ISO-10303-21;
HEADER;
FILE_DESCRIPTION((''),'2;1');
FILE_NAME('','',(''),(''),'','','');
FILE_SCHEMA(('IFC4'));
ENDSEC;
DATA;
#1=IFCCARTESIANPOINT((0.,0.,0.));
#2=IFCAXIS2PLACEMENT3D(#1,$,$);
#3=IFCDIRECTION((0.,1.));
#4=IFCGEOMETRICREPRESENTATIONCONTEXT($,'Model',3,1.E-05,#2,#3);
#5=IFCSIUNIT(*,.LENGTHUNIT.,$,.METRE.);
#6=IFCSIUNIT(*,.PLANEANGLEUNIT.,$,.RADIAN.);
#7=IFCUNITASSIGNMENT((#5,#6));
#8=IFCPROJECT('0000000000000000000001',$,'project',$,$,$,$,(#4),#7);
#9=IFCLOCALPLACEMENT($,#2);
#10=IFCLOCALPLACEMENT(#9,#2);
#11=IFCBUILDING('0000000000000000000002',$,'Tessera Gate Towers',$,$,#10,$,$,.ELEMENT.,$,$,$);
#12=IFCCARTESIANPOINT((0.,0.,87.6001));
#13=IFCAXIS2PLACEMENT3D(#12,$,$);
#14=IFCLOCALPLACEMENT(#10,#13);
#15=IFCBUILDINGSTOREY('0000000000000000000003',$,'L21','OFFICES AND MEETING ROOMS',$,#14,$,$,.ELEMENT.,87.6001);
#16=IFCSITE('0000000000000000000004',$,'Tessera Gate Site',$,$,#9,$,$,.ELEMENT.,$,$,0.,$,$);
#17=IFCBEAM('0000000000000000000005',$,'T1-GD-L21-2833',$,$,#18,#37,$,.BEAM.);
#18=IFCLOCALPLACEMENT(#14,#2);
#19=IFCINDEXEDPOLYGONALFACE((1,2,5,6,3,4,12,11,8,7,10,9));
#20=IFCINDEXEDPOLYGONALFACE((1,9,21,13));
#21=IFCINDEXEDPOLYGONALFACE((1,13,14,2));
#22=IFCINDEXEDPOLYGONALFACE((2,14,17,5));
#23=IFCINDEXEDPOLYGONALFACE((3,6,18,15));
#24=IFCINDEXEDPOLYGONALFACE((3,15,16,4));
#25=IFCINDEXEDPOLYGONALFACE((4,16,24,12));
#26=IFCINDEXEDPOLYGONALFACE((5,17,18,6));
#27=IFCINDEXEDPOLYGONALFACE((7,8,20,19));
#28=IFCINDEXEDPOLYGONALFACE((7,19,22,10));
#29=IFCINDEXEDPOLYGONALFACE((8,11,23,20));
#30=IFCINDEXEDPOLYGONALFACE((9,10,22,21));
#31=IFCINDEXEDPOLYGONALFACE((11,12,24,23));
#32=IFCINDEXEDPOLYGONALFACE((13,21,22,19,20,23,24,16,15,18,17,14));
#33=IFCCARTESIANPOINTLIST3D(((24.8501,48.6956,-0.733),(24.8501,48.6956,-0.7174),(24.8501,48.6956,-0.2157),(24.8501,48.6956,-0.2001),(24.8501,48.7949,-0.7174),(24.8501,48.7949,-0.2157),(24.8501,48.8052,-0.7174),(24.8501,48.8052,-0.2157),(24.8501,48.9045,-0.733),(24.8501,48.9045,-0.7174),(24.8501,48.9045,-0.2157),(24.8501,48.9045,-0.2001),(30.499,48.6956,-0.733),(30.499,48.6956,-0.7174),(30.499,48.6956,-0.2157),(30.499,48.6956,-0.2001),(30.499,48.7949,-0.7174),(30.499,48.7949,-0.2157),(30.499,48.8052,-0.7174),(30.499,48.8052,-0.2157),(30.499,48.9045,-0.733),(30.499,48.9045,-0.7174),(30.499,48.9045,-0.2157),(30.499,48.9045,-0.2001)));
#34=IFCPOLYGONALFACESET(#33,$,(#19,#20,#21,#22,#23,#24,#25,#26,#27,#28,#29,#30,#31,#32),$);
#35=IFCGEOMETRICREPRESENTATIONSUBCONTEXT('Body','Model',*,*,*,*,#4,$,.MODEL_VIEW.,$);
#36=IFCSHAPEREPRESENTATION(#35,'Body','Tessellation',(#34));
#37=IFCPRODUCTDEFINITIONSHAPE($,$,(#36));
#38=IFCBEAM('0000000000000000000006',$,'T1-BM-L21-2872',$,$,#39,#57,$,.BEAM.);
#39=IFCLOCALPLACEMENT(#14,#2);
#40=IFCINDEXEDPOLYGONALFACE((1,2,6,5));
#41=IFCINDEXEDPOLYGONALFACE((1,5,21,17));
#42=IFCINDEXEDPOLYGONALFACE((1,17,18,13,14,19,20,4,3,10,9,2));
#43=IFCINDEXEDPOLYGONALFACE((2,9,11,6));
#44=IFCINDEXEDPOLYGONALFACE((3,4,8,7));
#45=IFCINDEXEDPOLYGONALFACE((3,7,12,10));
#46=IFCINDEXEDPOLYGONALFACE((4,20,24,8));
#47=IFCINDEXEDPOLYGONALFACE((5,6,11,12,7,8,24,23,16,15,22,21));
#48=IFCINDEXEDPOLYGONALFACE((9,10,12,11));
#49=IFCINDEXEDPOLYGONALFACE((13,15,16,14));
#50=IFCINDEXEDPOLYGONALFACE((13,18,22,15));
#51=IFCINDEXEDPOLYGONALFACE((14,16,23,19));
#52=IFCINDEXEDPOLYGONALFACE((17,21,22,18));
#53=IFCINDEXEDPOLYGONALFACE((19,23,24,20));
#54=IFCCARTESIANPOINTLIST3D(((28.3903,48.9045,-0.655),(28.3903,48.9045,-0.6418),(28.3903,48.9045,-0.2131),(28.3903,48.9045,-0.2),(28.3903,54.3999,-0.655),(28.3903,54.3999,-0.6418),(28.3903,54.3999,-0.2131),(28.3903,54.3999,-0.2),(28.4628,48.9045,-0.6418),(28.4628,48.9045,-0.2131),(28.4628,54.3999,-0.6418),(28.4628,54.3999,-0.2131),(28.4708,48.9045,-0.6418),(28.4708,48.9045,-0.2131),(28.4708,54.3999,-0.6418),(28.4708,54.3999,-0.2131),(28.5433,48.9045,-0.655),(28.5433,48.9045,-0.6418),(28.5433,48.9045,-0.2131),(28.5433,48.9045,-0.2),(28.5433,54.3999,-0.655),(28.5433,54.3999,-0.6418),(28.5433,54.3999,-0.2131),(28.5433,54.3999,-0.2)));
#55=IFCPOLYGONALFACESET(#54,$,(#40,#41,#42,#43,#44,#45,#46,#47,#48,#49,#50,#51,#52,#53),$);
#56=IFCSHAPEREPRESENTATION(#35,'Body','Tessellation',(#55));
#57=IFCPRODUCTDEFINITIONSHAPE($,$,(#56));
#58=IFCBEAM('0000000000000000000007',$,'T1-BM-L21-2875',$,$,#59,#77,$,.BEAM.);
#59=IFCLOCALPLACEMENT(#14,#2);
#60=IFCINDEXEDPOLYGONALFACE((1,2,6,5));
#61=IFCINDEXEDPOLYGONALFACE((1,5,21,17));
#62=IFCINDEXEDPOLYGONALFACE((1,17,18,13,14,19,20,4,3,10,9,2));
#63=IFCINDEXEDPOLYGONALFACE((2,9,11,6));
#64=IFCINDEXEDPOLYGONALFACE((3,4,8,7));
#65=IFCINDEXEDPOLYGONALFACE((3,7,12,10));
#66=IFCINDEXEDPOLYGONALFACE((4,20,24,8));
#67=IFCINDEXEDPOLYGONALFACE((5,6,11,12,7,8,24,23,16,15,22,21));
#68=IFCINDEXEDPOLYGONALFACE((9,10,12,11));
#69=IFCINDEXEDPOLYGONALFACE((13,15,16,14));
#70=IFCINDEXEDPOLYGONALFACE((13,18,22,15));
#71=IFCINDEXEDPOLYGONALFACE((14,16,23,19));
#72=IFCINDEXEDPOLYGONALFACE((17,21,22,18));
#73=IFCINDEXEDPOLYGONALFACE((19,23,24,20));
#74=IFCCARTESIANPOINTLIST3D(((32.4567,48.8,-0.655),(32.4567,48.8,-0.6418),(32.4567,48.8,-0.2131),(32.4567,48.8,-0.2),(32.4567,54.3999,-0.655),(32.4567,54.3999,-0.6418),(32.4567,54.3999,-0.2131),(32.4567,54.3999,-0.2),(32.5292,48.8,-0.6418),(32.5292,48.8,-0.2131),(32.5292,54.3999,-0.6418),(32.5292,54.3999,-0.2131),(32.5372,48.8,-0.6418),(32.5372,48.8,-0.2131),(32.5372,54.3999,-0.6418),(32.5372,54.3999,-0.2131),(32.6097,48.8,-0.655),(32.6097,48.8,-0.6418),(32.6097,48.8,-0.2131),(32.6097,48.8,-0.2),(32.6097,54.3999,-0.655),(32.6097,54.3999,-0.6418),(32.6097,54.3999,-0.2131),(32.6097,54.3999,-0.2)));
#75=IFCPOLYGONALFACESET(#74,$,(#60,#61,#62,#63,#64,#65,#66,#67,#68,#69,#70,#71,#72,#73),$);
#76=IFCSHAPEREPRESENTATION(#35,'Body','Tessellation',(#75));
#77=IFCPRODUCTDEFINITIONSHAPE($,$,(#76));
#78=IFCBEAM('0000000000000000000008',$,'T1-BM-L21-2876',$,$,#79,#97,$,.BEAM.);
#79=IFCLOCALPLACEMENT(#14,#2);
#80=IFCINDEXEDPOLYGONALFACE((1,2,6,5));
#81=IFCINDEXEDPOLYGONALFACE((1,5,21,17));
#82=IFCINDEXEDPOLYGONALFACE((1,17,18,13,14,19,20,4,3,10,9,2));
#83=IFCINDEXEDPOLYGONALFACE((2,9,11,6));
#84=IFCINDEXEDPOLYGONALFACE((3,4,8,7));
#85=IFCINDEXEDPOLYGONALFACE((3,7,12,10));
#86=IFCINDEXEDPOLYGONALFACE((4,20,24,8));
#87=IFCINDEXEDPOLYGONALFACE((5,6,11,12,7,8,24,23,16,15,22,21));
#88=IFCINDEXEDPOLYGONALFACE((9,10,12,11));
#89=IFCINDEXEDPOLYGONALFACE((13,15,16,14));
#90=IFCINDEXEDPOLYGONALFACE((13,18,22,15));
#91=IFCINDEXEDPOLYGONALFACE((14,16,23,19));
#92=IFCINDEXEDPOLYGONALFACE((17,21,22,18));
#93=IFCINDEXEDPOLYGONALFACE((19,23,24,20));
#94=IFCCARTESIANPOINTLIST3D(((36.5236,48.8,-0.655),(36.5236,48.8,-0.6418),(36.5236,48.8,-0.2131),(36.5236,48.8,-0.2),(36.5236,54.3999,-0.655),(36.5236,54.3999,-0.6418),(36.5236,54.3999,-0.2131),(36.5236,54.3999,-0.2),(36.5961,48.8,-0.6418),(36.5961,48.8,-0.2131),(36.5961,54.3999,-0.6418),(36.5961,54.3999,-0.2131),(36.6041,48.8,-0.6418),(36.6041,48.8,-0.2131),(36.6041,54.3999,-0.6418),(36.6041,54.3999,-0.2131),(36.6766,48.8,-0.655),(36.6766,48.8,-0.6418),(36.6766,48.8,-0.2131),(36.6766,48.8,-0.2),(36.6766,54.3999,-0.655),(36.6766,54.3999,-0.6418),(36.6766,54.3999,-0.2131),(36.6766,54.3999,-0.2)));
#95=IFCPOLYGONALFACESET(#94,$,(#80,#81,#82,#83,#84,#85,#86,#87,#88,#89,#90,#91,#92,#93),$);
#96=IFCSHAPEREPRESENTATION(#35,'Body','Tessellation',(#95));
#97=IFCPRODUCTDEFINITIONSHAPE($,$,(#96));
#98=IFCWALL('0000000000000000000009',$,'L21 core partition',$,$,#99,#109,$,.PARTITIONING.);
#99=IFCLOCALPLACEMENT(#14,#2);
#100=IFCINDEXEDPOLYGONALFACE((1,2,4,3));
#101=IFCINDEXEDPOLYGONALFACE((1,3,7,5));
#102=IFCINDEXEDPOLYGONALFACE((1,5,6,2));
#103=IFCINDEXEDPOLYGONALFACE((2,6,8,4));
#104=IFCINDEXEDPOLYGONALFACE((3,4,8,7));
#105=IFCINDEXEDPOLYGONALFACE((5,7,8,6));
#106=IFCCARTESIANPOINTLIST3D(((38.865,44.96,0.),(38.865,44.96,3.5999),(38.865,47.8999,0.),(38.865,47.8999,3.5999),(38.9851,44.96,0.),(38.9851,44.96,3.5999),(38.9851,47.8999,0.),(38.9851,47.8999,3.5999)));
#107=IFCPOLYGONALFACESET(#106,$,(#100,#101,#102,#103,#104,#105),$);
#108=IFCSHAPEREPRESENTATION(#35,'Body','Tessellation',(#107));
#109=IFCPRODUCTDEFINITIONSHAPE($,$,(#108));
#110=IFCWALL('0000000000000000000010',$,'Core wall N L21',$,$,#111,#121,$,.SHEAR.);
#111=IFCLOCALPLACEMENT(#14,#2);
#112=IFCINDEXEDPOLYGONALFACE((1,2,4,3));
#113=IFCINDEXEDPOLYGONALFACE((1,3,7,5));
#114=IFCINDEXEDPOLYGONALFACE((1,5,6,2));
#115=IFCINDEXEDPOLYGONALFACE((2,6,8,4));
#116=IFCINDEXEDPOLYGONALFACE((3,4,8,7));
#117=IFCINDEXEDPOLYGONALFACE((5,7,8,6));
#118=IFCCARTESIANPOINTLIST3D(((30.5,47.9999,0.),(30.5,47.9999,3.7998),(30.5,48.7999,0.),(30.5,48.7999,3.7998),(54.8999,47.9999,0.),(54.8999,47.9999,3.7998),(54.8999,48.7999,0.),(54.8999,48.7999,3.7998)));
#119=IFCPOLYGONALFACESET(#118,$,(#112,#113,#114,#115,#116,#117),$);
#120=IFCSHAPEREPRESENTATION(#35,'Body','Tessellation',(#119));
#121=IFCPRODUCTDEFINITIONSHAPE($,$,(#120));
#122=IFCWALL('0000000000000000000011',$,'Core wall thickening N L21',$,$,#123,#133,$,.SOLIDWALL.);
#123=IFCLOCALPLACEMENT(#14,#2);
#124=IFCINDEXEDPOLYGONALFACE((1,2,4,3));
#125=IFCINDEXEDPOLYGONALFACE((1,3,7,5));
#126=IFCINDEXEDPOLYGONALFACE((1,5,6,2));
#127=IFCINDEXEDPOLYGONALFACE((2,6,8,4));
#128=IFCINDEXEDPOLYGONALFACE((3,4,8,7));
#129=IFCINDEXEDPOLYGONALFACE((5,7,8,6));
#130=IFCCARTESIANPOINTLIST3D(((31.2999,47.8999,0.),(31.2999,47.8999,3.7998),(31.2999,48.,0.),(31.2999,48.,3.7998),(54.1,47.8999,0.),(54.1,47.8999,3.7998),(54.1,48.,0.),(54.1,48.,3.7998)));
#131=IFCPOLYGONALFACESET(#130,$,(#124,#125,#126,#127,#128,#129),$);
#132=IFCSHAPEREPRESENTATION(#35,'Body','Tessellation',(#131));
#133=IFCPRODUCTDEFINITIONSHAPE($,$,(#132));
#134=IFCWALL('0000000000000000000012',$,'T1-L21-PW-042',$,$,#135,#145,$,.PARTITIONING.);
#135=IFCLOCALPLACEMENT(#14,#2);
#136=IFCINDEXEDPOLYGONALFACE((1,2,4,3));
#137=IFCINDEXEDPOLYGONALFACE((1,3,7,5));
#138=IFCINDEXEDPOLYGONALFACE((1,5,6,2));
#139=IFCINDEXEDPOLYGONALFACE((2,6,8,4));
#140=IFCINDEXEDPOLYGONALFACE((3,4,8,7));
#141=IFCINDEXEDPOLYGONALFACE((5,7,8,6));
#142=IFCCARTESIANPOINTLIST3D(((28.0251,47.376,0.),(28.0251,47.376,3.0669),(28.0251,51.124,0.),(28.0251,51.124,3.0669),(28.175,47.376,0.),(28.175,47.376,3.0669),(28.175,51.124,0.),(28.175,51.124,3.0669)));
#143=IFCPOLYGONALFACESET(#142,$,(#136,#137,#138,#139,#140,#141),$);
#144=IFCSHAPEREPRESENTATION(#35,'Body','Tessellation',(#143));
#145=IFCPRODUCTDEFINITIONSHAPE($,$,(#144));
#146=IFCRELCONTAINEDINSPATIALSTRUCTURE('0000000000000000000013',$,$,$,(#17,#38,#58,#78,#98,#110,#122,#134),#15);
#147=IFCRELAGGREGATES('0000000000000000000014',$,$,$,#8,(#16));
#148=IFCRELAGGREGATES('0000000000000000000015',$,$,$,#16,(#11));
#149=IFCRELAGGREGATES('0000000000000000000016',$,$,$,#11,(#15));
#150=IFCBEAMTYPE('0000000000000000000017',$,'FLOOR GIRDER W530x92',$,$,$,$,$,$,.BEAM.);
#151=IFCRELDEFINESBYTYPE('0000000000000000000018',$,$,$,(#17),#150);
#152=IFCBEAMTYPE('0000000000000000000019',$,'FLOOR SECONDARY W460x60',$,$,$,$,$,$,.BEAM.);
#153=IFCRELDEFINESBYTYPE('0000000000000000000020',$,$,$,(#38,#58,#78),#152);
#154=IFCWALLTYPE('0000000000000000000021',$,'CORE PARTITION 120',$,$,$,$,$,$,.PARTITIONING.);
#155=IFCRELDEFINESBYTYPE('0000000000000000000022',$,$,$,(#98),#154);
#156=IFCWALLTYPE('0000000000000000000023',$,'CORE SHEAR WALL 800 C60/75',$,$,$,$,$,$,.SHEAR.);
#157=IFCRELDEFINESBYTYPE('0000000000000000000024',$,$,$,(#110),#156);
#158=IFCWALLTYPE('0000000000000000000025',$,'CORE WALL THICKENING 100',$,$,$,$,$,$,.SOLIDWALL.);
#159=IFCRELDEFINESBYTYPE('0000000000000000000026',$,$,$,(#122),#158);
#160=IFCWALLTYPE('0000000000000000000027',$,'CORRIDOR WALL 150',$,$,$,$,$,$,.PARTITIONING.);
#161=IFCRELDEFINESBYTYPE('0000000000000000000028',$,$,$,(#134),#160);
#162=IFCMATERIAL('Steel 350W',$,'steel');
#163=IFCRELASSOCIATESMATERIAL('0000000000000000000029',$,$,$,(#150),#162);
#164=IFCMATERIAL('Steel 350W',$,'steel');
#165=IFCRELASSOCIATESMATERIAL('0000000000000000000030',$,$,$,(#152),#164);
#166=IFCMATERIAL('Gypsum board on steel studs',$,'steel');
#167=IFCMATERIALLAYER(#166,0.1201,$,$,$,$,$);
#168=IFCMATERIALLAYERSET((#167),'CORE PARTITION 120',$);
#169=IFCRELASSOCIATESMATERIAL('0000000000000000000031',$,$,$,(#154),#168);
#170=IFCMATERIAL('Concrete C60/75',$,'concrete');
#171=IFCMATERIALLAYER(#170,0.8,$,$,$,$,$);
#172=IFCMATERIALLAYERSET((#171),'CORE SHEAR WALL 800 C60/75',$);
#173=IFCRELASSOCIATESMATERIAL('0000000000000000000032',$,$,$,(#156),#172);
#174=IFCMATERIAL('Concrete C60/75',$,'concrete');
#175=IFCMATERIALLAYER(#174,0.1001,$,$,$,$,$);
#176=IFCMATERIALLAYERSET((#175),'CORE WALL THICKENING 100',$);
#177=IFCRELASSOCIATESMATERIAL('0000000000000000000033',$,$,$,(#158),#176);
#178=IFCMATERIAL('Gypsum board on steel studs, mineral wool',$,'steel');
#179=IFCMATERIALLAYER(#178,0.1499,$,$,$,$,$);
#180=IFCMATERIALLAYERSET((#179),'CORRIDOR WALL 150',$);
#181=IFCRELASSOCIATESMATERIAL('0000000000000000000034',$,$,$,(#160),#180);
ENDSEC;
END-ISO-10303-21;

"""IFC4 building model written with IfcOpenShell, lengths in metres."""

from ifc_helpers import new_model, si_unit, direction, frame, frame_2d, origin, origin_2d, place, context, subcontext, project, spatial, rectangle, i_section, extrude, material, layer, layer_set, material_profile, profile_set, type_object, element, save


model = new_model("IFC4")

# Units and contexts
model_context = context("Model", 3, precision=1e-05, world=origin(), true_north=direction((0.0, 1.0)))
body_context = subcontext(model_context, "Body", "Model", "MODEL_VIEW")
ifc_project = project(units=[si_unit("LENGTHUNIT", "METRE"), si_unit("PLANEANGLEUNIT", "RADIAN")], contexts=[model_context])

# Site, building, storey
site_placement = place(None, origin())
site = spatial("IfcSite", under=ifc_project, at=site_placement, Name="Tessera Gate Site", CompositionType="ELEMENT", RefElevation=0.0)
building_placement = place(site_placement, origin())
building = spatial("IfcBuilding", under=site, at=building_placement, Name="Tessera Gate Towers", CompositionType="ELEMENT")
storey_placement = place(building_placement, frame((0.0, 0.0, 87.6001)))
storey = spatial("IfcBuildingStorey", under=building, at=storey_placement, Name="L21", Description="OFFICES AND MEETING ROOMS", CompositionType="ELEMENT", Elevation=87.6001)

# Beams
ifc_material_1 = material(Name="Steel 350W", Category="steel")
ifc_material_profile_1 = material_profile(ifc_material_1, i_section(OverallWidth=0.209, OverallDepth=0.533, WebThickness=0.0103, FlangeThickness=0.0156, at=origin_2d()), Name="W530x92")
ifc_profile_set_1 = profile_set([ifc_material_profile_1], Name="Steel 350W")
beam_type_1 = type_object("IfcBeamType", Name="FLOOR GIRDER W530x92", PredefinedType="BEAM", material=ifc_profile_set_1)
beam_1_placement = place(storey_placement, frame((24.8501, 48.8, -0.4666), z_axis=(1.0, 0.0, 0.0), x_axis=(0.0, 1.0, 0.0)))
element("IfcBeam", 1, at=beam_1_placement, inside=storey, type_object=beam_type_1, Name="T1-GD-L21-2833", PredefinedType="BEAM", context=body_context, shape_type="SweptSolid", body=[
    extrude(i_section(OverallWidth=0.209, OverallDepth=0.533, WebThickness=0.0103, FlangeThickness=0.0156, at=origin_2d()), origin(), (0.0, 0.0, 1.0), 5.6489),
])
ifc_material_2 = material(Name="Steel 350W", Category="steel")
ifc_material_profile_2 = material_profile(ifc_material_2, i_section(OverallWidth=0.1531, OverallDepth=0.4551, WebThickness=0.0081, FlangeThickness=0.0132, at=origin_2d()), Name="W460x60")
ifc_profile_set_2 = profile_set([ifc_material_profile_2], Name="Steel 350W")
beam_type_2 = type_object("IfcBeamType", Name="FLOOR SECONDARY W460x60", PredefinedType="BEAM", material=ifc_profile_set_2)
beam_2_placement = place(storey_placement, frame((28.4668, 48.9045, -0.4275), z_axis=(0.0, 1.0, 0.0), x_axis=(-1.0, 0.0, 0.0)))
element("IfcBeam", 2, at=beam_2_placement, inside=storey, type_object=beam_type_2, Name="T1-BM-L21-2872", PredefinedType="BEAM", context=body_context, shape_type="SweptSolid", body=[
    extrude(i_section(OverallWidth=0.1531, OverallDepth=0.4551, WebThickness=0.0081, FlangeThickness=0.0132, at=origin_2d()), origin(), (0.0, 0.0, 1.0), 5.4954),
])
for number, where, z_axis, x_axis, name in (
    (3, (32.5332, 48.8, -0.4275), (0.0, 1.0, 0.0), (-1.0, 0.0, 0.0), "T1-BM-L21-2875"),
    (4, (36.6001, 48.8, -0.4275), (0.0, 1.0, 0.0), (-1.0, 0.0, 0.0), "T1-BM-L21-2876"),
):
    element("IfcBeam", number, at=place(storey_placement, frame(where, z_axis=z_axis, x_axis=x_axis)), inside=storey, type_object=beam_type_2, Name=name, PredefinedType="BEAM", context=body_context, shape_type="SweptSolid", body=[
        extrude(i_section(OverallWidth=0.1531, OverallDepth=0.4551, WebThickness=0.0081, FlangeThickness=0.0132, at=origin_2d()), origin(), (0.0, 0.0, 1.0), 5.5999),
    ])

# Walls
ifc_material_3 = material(Name="Gypsum board on steel studs", Category="steel")
ifc_layer_1 = layer(ifc_material_3, 0.1201)
ifc_layer_set_1 = layer_set([ifc_layer_1], Name="CORE PARTITION 120")
wall_type_1 = type_object("IfcWallType", Name="CORE PARTITION 120", PredefinedType="PARTITIONING", material=ifc_layer_set_1)
wall_1_placement = place(storey_placement, frame((38.925, 44.96, 0.0), z_axis=(0.0, 0.0, 1.0), x_axis=(0.0, 1.0, 0.0)))
element("IfcWall", 5, at=wall_1_placement, inside=storey, type_object=wall_type_1, Name="L21 core partition", PredefinedType="PARTITIONING", context=body_context, shape_type="SweptSolid", body=[
    extrude(rectangle(XDim=2.9399, YDim=0.1201, at=frame_2d((1.47, 0.0))), origin(), (0.0, 0.0, 1.0), 3.5999),
])
ifc_material_4 = material(Name="Concrete C60/75", Category="concrete")
ifc_layer_2 = layer(ifc_material_4, 0.8)
ifc_layer_set_2 = layer_set([ifc_layer_2], Name="CORE SHEAR WALL 800 C60/75")
wall_type_2 = type_object("IfcWallType", Name="CORE SHEAR WALL 800 C60/75", PredefinedType="SHEAR", material=ifc_layer_set_2)
wall_2_placement = place(storey_placement, frame((30.5, 48.3999, 0.0), z_axis=(0.0, 0.0, 1.0), x_axis=(1.0, 0.0, 0.0)))
element("IfcWall", 6, at=wall_2_placement, inside=storey, type_object=wall_type_2, Name="Core wall N L21", PredefinedType="SHEAR", context=body_context, shape_type="SweptSolid", body=[
    extrude(rectangle(XDim=24.3999, YDim=0.8, at=frame_2d((12.2, 0.0))), origin(), (0.0, 0.0, 1.0), 3.7998),
])
ifc_material_5 = material(Name="Concrete C60/75", Category="concrete")
ifc_layer_3 = layer(ifc_material_5, 0.1001)
ifc_layer_set_3 = layer_set([ifc_layer_3], Name="CORE WALL THICKENING 100")
wall_type_3 = type_object("IfcWallType", Name="CORE WALL THICKENING 100", PredefinedType="SOLIDWALL", material=ifc_layer_set_3)
wall_3_placement = place(storey_placement, frame((31.3, 47.95, 0.0), z_axis=(0.0, 0.0, 1.0), x_axis=(1.0, 0.0, 0.0)))
element("IfcWall", 7, at=wall_3_placement, inside=storey, type_object=wall_type_3, Name="Core wall thickening N L21", PredefinedType="SOLIDWALL", context=body_context, shape_type="SweptSolid", body=[
    extrude(rectangle(XDim=22.8, YDim=0.1001, at=frame_2d((11.3999, 0.0))), origin(), (0.0, 0.0, 1.0), 3.7998),
])
ifc_material_6 = material(Name="Gypsum board on steel studs, mineral wool", Category="steel")
ifc_layer_4 = layer(ifc_material_6, 0.1499)
ifc_layer_set_4 = layer_set([ifc_layer_4], Name="CORRIDOR WALL 150")
wall_type_4 = type_object("IfcWallType", Name="CORRIDOR WALL 150", PredefinedType="PARTITIONING", material=ifc_layer_set_4)
wall_4_placement = place(storey_placement, frame((28.1001, 47.376, 0.0), z_axis=(0.0, 0.0, 1.0), x_axis=(0.0, 1.0, 0.0)))
element("IfcWall", 8, at=wall_4_placement, inside=storey, type_object=wall_type_4, Name="T1-L21-PW-042", PredefinedType="PARTITIONING", context=body_context, shape_type="SweptSolid", body=[
    extrude(rectangle(XDim=3.748, YDim=0.1499, at=frame_2d((1.874, 0.0))), origin(), (0.0, 0.0, 1.0), 3.0669),
])

save(model, "model.ifc")
